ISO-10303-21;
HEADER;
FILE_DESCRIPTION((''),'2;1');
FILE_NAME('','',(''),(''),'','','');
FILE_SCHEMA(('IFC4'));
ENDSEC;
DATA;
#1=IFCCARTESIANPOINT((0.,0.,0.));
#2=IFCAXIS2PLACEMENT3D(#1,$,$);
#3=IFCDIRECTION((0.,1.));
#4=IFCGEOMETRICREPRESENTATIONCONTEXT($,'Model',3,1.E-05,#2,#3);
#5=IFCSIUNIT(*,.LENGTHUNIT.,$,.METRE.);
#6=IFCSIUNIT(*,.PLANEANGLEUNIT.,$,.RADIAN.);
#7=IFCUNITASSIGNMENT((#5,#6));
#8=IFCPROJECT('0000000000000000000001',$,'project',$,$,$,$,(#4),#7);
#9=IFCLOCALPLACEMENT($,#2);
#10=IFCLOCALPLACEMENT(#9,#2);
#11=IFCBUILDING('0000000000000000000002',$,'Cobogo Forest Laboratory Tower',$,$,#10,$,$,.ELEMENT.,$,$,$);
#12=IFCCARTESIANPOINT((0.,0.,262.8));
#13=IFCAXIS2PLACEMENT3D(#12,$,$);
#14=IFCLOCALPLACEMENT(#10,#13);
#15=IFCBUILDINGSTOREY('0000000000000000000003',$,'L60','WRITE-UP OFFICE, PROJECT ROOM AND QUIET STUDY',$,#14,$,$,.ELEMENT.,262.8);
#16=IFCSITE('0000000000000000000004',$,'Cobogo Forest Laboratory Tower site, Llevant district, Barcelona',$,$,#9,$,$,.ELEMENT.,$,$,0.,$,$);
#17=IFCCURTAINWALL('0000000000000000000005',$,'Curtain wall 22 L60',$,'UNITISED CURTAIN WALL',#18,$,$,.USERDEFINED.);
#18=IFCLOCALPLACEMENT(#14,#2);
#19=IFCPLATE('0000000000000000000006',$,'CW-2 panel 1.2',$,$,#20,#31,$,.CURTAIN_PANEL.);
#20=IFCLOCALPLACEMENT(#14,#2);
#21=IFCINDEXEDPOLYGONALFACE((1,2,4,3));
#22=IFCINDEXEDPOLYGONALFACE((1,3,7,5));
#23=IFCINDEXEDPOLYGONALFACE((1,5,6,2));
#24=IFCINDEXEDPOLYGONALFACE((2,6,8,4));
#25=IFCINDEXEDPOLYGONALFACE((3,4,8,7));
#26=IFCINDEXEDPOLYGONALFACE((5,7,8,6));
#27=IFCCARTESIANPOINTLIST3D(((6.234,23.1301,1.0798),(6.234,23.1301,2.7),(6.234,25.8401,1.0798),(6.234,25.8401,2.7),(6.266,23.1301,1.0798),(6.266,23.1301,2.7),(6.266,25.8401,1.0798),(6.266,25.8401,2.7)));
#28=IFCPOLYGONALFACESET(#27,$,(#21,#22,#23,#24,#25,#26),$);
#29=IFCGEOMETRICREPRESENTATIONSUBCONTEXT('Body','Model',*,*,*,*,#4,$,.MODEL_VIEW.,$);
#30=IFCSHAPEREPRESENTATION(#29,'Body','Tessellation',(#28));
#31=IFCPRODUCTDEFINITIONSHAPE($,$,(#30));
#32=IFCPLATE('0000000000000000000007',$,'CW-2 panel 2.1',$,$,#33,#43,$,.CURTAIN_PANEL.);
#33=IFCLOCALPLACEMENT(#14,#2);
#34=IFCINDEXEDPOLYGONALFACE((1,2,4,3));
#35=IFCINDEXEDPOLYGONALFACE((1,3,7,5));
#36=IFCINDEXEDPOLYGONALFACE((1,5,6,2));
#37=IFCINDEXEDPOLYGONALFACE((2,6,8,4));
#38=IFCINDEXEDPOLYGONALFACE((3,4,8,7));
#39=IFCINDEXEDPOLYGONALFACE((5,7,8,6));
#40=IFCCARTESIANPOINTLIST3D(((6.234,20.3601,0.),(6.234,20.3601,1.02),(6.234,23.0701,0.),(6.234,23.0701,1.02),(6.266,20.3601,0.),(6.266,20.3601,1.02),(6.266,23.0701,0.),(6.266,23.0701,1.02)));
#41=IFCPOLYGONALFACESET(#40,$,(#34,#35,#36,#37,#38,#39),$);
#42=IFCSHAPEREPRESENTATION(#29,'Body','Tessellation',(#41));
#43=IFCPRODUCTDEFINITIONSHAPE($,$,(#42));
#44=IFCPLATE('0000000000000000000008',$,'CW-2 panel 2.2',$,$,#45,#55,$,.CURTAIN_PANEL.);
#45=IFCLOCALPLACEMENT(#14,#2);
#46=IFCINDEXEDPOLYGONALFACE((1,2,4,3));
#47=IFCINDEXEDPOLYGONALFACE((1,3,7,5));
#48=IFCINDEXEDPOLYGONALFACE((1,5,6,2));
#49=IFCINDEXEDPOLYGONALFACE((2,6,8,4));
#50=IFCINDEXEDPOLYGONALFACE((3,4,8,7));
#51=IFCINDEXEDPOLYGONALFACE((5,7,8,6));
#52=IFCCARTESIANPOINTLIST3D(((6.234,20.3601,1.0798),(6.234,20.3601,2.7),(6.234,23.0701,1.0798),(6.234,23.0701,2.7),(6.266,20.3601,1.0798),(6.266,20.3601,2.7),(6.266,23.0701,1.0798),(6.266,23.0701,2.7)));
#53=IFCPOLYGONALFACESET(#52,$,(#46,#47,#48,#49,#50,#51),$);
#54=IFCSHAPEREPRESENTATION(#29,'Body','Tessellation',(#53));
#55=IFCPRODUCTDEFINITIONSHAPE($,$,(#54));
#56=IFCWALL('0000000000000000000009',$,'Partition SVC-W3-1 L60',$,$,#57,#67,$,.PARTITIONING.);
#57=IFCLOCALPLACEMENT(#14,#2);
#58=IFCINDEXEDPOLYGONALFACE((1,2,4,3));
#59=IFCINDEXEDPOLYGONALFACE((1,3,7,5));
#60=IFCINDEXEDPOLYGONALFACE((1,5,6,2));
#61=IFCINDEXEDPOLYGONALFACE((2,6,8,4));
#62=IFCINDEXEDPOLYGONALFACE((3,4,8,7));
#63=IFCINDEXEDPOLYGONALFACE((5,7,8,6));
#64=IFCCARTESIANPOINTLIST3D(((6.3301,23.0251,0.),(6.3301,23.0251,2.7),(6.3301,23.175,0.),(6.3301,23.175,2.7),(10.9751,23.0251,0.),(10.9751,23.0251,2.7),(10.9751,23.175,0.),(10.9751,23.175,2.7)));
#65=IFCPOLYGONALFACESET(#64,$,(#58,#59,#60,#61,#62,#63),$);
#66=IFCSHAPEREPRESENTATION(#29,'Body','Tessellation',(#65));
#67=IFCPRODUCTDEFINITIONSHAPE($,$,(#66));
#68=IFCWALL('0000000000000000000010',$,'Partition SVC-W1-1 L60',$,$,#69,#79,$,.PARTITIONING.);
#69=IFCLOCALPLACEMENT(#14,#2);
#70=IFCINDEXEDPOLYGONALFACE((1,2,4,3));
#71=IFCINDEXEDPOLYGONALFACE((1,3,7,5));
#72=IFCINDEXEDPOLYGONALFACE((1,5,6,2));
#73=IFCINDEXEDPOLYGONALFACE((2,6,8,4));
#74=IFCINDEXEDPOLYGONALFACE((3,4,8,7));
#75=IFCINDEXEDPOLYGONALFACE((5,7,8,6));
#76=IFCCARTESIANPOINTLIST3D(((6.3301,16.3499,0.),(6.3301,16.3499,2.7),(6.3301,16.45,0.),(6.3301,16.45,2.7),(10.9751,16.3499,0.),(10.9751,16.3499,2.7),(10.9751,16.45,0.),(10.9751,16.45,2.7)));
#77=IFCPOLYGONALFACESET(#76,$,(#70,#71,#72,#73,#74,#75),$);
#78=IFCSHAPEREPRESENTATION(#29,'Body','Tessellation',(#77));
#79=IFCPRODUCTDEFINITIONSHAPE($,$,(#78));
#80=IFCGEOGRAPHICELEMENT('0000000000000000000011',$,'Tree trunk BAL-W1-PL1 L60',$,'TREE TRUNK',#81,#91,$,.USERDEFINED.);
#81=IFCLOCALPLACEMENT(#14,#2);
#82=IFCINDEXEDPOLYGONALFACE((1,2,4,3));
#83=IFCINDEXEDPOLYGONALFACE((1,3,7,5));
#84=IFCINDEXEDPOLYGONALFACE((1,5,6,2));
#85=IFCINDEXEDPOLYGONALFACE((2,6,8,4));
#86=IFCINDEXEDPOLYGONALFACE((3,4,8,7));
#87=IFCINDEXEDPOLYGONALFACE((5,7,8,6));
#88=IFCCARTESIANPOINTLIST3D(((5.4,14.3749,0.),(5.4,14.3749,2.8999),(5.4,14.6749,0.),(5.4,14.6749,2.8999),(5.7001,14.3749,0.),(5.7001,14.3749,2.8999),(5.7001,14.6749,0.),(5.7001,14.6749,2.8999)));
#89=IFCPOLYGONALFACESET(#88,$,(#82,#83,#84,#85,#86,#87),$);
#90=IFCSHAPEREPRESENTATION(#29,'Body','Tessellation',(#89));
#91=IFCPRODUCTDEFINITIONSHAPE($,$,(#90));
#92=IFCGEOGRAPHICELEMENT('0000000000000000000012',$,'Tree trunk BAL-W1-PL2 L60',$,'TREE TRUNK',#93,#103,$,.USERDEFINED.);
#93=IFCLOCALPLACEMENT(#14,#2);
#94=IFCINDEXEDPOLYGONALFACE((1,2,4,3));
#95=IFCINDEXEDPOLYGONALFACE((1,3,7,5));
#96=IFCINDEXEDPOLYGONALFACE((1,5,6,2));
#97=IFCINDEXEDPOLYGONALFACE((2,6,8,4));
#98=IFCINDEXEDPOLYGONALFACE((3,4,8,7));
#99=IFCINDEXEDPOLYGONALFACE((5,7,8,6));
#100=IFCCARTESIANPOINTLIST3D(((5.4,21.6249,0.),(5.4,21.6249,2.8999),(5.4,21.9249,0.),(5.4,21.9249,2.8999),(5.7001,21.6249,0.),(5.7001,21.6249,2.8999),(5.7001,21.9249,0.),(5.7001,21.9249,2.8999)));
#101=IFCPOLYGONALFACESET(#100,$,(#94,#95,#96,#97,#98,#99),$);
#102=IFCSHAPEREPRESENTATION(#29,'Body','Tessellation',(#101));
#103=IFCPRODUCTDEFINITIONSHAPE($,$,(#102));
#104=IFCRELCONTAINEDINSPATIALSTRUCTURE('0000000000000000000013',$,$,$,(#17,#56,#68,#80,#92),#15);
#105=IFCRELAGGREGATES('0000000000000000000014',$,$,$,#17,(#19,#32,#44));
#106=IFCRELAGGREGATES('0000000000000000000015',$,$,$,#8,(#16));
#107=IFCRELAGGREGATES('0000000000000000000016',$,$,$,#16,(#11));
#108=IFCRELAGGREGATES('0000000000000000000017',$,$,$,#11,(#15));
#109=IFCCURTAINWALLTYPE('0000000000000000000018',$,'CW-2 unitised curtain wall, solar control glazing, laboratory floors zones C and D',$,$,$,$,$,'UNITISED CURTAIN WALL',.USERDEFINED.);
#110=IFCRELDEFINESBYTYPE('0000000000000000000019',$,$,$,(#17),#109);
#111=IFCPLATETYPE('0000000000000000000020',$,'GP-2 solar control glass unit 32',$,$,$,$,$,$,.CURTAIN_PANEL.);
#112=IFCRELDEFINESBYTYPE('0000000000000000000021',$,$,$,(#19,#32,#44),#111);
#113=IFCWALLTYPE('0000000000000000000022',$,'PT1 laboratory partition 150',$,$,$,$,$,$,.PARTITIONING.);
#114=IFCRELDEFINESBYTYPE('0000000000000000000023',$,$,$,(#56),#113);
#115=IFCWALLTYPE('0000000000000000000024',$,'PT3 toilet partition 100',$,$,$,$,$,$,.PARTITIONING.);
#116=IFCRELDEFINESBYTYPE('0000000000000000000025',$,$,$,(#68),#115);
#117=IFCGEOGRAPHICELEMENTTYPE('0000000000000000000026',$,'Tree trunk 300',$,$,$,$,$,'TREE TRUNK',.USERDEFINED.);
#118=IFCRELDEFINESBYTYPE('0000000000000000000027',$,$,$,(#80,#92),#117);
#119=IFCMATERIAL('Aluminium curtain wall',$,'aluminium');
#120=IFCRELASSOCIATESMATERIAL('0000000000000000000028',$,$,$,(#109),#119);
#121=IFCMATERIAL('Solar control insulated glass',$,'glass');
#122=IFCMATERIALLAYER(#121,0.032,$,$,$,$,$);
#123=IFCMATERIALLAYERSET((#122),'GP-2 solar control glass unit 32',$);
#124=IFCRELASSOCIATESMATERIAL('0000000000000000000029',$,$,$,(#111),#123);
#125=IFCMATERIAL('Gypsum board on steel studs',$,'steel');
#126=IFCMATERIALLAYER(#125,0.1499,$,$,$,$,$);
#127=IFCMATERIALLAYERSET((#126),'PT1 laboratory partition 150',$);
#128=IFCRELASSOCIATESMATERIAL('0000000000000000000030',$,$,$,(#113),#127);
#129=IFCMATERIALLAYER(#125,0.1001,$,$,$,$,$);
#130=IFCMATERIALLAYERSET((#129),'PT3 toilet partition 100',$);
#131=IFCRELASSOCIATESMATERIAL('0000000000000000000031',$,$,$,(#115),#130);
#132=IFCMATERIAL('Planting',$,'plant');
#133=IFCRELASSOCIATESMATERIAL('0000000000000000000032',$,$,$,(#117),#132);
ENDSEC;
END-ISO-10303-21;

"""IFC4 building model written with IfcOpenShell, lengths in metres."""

from ifc_helpers import new_model, si_unit, direction, frame, frame_2d, origin, origin_2d, place, context, subcontext, project, spatial, rectangle, extrude, material, layer, layer_set, type_object, element, aggregate, save


model = new_model("IFC4")

# Units and contexts
model_context = context("Model", 3, precision=1e-05, world=origin(), true_north=direction((0.0, 1.0)))
body_context = subcontext(model_context, "Body", "Model", "MODEL_VIEW")
ifc_project = project(units=[si_unit("LENGTHUNIT", "METRE"), si_unit("PLANEANGLEUNIT", "RADIAN")], contexts=[model_context])

# Site, building, storey
site_placement = place(None, origin())
site = spatial("IfcSite", under=ifc_project, at=site_placement, Name="Cobogo Forest Laboratory Tower site, Llevant district, Barcelona", CompositionType="ELEMENT", RefElevation=0.0)
building_placement = place(site_placement, origin())
building = spatial("IfcBuilding", under=site, at=building_placement, Name="Cobogo Forest Laboratory Tower", CompositionType="ELEMENT")
storey_placement = place(building_placement, frame((0.0, 0.0, 262.8)))
storey = spatial("IfcBuildingStorey", under=building, at=storey_placement, Name="L60", Description="WRITE-UP OFFICE, PROJECT ROOM AND QUIET STUDY", CompositionType="ELEMENT", Elevation=262.8)

# Shared definitions
ifc_material_1 = material(Name="Aluminium curtain wall", Category="aluminium")
curtain_wall_type = type_object("IfcCurtainWallType", Name="CW-2 unitised curtain wall, solar control glazing, laboratory floors zones C and D", ElementType="UNITISED CURTAIN WALL", PredefinedType="USERDEFINED", material=ifc_material_1)

# Curtain wall
curtain_wall_1_placement = place(storey_placement, origin())
curtain_wall_1 = element("IfcCurtainWall", 1, at=curtain_wall_1_placement, inside=storey, type_object=curtain_wall_type, Name="Curtain wall 22 L60", ObjectType="UNITISED CURTAIN WALL", PredefinedType="USERDEFINED")

# Plates
ifc_material_2 = material(Name="Solar control insulated glass", Category="glass")
ifc_layer_1 = layer(ifc_material_2, 0.032)
ifc_layer_set_1 = layer_set([ifc_layer_1], Name="GP-2 solar control glass unit 32")
plate_type_1 = type_object("IfcPlateType", Name="GP-2 solar control glass unit 32", PredefinedType="CURTAIN_PANEL", material=ifc_layer_set_1)
plate_1_placement = place(storey_placement, frame((6.25, 24.4851, 1.0798), z_axis=(0.0, 0.0, 1.0), x_axis=(0.0, -1.0, 0.0)))
plate_1 = element("IfcPlate", 2, at=plate_1_placement, type_object=plate_type_1, Name="CW-2 panel 1.2", PredefinedType="CURTAIN_PANEL", context=body_context, shape_type="SweptSolid", body=[
    extrude(rectangle(XDim=2.71, YDim=0.032, at=origin_2d()), origin(), (0.0, 0.0, 1.0), 1.6201),
])
plate_2_placement = place(storey_placement, frame((6.25, 21.7151, 0.0), z_axis=(0.0, 0.0, 1.0), x_axis=(0.0, -1.0, 0.0)))
plate_2 = element("IfcPlate", 3, at=plate_2_placement, type_object=plate_type_1, Name="CW-2 panel 2.1", PredefinedType="CURTAIN_PANEL", context=body_context, shape_type="SweptSolid", body=[
    extrude(rectangle(XDim=2.71, YDim=0.032, at=origin_2d()), origin(), (0.0, 0.0, 1.0), 1.02),
])
plate_3_placement = place(storey_placement, frame((6.25, 21.7151, 1.0798), z_axis=(0.0, 0.0, 1.0), x_axis=(0.0, -1.0, 0.0)))
plate_3 = element("IfcPlate", 4, at=plate_3_placement, type_object=plate_type_1, Name="CW-2 panel 2.2", PredefinedType="CURTAIN_PANEL", context=body_context, shape_type="SweptSolid", body=[
    extrude(rectangle(XDim=2.71, YDim=0.032, at=origin_2d()), origin(), (0.0, 0.0, 1.0), 1.6201),
])
aggregate(curtain_wall_1, [plate_1, plate_2, plate_3])

# Walls
ifc_material_3 = material(Name="Gypsum board on steel studs", Category="steel")
ifc_layer_2 = layer(ifc_material_3, 0.1499)
ifc_layer_set_2 = layer_set([ifc_layer_2], Name="PT1 laboratory partition 150")
wall_type_1 = type_object("IfcWallType", Name="PT1 laboratory partition 150", PredefinedType="PARTITIONING", material=ifc_layer_set_2)
wall_1_placement = place(storey_placement, frame((6.3301, 23.1001, 0.0), z_axis=(0.0, 0.0, 1.0), x_axis=(1.0, 0.0, 0.0)))
element("IfcWall", 5, at=wall_1_placement, inside=storey, type_object=wall_type_1, Name="Partition SVC-W3-1 L60", PredefinedType="PARTITIONING", context=body_context, shape_type="SweptSolid", body=[
    extrude(rectangle(XDim=4.645, YDim=0.1499, at=frame_2d((2.3225, 0.0))), origin(), (0.0, 0.0, 1.0), 2.7),
])
ifc_layer_3 = layer(ifc_material_3, 0.1001)
ifc_layer_set_3 = layer_set([ifc_layer_3], Name="PT3 toilet partition 100")
wall_type_2 = type_object("IfcWallType", Name="PT3 toilet partition 100", PredefinedType="PARTITIONING", material=ifc_layer_set_3)
wall_2_placement = place(storey_placement, frame((6.3301, 16.3999, 0.0), z_axis=(0.0, 0.0, 1.0), x_axis=(1.0, 0.0, 0.0)))
element("IfcWall", 6, at=wall_2_placement, inside=storey, type_object=wall_type_2, Name="Partition SVC-W1-1 L60", PredefinedType="PARTITIONING", context=body_context, shape_type="SweptSolid", body=[
    extrude(rectangle(XDim=4.645, YDim=0.1001, at=frame_2d((2.3225, 0.0))), origin(), (0.0, 0.0, 1.0), 2.7),
])

# Geographic elements
ifc_material_4 = material(Name="Planting", Category="plant")
geographic_element_type = type_object("IfcGeographicElementType", Name="Tree trunk 300", ElementType="TREE TRUNK", PredefinedType="USERDEFINED", material=ifc_material_4)
for number, where, z_axis, x_axis, name in (
    (7, (5.55, 14.5249, 0.0), (0.0, 0.0, 1.0), (1.0, 0.0, 0.0), "Tree trunk BAL-W1-PL1 L60"),
    (8, (5.55, 21.7749, 0.0), (0.0, 0.0, 1.0), (1.0, 0.0, 0.0), "Tree trunk BAL-W1-PL2 L60"),
):
    element("IfcGeographicElement", number, at=place(storey_placement, frame(where, z_axis=z_axis, x_axis=x_axis)), inside=storey, type_object=geographic_element_type, Name=name, ObjectType="TREE TRUNK", PredefinedType="USERDEFINED", context=body_context, shape_type="SweptSolid", body=[
        extrude(rectangle(XDim=0.3, YDim=0.3, at=origin_2d()), origin(), (0.0, 0.0, 1.0), 2.8999),
    ])

save(model, "model.ifc")
